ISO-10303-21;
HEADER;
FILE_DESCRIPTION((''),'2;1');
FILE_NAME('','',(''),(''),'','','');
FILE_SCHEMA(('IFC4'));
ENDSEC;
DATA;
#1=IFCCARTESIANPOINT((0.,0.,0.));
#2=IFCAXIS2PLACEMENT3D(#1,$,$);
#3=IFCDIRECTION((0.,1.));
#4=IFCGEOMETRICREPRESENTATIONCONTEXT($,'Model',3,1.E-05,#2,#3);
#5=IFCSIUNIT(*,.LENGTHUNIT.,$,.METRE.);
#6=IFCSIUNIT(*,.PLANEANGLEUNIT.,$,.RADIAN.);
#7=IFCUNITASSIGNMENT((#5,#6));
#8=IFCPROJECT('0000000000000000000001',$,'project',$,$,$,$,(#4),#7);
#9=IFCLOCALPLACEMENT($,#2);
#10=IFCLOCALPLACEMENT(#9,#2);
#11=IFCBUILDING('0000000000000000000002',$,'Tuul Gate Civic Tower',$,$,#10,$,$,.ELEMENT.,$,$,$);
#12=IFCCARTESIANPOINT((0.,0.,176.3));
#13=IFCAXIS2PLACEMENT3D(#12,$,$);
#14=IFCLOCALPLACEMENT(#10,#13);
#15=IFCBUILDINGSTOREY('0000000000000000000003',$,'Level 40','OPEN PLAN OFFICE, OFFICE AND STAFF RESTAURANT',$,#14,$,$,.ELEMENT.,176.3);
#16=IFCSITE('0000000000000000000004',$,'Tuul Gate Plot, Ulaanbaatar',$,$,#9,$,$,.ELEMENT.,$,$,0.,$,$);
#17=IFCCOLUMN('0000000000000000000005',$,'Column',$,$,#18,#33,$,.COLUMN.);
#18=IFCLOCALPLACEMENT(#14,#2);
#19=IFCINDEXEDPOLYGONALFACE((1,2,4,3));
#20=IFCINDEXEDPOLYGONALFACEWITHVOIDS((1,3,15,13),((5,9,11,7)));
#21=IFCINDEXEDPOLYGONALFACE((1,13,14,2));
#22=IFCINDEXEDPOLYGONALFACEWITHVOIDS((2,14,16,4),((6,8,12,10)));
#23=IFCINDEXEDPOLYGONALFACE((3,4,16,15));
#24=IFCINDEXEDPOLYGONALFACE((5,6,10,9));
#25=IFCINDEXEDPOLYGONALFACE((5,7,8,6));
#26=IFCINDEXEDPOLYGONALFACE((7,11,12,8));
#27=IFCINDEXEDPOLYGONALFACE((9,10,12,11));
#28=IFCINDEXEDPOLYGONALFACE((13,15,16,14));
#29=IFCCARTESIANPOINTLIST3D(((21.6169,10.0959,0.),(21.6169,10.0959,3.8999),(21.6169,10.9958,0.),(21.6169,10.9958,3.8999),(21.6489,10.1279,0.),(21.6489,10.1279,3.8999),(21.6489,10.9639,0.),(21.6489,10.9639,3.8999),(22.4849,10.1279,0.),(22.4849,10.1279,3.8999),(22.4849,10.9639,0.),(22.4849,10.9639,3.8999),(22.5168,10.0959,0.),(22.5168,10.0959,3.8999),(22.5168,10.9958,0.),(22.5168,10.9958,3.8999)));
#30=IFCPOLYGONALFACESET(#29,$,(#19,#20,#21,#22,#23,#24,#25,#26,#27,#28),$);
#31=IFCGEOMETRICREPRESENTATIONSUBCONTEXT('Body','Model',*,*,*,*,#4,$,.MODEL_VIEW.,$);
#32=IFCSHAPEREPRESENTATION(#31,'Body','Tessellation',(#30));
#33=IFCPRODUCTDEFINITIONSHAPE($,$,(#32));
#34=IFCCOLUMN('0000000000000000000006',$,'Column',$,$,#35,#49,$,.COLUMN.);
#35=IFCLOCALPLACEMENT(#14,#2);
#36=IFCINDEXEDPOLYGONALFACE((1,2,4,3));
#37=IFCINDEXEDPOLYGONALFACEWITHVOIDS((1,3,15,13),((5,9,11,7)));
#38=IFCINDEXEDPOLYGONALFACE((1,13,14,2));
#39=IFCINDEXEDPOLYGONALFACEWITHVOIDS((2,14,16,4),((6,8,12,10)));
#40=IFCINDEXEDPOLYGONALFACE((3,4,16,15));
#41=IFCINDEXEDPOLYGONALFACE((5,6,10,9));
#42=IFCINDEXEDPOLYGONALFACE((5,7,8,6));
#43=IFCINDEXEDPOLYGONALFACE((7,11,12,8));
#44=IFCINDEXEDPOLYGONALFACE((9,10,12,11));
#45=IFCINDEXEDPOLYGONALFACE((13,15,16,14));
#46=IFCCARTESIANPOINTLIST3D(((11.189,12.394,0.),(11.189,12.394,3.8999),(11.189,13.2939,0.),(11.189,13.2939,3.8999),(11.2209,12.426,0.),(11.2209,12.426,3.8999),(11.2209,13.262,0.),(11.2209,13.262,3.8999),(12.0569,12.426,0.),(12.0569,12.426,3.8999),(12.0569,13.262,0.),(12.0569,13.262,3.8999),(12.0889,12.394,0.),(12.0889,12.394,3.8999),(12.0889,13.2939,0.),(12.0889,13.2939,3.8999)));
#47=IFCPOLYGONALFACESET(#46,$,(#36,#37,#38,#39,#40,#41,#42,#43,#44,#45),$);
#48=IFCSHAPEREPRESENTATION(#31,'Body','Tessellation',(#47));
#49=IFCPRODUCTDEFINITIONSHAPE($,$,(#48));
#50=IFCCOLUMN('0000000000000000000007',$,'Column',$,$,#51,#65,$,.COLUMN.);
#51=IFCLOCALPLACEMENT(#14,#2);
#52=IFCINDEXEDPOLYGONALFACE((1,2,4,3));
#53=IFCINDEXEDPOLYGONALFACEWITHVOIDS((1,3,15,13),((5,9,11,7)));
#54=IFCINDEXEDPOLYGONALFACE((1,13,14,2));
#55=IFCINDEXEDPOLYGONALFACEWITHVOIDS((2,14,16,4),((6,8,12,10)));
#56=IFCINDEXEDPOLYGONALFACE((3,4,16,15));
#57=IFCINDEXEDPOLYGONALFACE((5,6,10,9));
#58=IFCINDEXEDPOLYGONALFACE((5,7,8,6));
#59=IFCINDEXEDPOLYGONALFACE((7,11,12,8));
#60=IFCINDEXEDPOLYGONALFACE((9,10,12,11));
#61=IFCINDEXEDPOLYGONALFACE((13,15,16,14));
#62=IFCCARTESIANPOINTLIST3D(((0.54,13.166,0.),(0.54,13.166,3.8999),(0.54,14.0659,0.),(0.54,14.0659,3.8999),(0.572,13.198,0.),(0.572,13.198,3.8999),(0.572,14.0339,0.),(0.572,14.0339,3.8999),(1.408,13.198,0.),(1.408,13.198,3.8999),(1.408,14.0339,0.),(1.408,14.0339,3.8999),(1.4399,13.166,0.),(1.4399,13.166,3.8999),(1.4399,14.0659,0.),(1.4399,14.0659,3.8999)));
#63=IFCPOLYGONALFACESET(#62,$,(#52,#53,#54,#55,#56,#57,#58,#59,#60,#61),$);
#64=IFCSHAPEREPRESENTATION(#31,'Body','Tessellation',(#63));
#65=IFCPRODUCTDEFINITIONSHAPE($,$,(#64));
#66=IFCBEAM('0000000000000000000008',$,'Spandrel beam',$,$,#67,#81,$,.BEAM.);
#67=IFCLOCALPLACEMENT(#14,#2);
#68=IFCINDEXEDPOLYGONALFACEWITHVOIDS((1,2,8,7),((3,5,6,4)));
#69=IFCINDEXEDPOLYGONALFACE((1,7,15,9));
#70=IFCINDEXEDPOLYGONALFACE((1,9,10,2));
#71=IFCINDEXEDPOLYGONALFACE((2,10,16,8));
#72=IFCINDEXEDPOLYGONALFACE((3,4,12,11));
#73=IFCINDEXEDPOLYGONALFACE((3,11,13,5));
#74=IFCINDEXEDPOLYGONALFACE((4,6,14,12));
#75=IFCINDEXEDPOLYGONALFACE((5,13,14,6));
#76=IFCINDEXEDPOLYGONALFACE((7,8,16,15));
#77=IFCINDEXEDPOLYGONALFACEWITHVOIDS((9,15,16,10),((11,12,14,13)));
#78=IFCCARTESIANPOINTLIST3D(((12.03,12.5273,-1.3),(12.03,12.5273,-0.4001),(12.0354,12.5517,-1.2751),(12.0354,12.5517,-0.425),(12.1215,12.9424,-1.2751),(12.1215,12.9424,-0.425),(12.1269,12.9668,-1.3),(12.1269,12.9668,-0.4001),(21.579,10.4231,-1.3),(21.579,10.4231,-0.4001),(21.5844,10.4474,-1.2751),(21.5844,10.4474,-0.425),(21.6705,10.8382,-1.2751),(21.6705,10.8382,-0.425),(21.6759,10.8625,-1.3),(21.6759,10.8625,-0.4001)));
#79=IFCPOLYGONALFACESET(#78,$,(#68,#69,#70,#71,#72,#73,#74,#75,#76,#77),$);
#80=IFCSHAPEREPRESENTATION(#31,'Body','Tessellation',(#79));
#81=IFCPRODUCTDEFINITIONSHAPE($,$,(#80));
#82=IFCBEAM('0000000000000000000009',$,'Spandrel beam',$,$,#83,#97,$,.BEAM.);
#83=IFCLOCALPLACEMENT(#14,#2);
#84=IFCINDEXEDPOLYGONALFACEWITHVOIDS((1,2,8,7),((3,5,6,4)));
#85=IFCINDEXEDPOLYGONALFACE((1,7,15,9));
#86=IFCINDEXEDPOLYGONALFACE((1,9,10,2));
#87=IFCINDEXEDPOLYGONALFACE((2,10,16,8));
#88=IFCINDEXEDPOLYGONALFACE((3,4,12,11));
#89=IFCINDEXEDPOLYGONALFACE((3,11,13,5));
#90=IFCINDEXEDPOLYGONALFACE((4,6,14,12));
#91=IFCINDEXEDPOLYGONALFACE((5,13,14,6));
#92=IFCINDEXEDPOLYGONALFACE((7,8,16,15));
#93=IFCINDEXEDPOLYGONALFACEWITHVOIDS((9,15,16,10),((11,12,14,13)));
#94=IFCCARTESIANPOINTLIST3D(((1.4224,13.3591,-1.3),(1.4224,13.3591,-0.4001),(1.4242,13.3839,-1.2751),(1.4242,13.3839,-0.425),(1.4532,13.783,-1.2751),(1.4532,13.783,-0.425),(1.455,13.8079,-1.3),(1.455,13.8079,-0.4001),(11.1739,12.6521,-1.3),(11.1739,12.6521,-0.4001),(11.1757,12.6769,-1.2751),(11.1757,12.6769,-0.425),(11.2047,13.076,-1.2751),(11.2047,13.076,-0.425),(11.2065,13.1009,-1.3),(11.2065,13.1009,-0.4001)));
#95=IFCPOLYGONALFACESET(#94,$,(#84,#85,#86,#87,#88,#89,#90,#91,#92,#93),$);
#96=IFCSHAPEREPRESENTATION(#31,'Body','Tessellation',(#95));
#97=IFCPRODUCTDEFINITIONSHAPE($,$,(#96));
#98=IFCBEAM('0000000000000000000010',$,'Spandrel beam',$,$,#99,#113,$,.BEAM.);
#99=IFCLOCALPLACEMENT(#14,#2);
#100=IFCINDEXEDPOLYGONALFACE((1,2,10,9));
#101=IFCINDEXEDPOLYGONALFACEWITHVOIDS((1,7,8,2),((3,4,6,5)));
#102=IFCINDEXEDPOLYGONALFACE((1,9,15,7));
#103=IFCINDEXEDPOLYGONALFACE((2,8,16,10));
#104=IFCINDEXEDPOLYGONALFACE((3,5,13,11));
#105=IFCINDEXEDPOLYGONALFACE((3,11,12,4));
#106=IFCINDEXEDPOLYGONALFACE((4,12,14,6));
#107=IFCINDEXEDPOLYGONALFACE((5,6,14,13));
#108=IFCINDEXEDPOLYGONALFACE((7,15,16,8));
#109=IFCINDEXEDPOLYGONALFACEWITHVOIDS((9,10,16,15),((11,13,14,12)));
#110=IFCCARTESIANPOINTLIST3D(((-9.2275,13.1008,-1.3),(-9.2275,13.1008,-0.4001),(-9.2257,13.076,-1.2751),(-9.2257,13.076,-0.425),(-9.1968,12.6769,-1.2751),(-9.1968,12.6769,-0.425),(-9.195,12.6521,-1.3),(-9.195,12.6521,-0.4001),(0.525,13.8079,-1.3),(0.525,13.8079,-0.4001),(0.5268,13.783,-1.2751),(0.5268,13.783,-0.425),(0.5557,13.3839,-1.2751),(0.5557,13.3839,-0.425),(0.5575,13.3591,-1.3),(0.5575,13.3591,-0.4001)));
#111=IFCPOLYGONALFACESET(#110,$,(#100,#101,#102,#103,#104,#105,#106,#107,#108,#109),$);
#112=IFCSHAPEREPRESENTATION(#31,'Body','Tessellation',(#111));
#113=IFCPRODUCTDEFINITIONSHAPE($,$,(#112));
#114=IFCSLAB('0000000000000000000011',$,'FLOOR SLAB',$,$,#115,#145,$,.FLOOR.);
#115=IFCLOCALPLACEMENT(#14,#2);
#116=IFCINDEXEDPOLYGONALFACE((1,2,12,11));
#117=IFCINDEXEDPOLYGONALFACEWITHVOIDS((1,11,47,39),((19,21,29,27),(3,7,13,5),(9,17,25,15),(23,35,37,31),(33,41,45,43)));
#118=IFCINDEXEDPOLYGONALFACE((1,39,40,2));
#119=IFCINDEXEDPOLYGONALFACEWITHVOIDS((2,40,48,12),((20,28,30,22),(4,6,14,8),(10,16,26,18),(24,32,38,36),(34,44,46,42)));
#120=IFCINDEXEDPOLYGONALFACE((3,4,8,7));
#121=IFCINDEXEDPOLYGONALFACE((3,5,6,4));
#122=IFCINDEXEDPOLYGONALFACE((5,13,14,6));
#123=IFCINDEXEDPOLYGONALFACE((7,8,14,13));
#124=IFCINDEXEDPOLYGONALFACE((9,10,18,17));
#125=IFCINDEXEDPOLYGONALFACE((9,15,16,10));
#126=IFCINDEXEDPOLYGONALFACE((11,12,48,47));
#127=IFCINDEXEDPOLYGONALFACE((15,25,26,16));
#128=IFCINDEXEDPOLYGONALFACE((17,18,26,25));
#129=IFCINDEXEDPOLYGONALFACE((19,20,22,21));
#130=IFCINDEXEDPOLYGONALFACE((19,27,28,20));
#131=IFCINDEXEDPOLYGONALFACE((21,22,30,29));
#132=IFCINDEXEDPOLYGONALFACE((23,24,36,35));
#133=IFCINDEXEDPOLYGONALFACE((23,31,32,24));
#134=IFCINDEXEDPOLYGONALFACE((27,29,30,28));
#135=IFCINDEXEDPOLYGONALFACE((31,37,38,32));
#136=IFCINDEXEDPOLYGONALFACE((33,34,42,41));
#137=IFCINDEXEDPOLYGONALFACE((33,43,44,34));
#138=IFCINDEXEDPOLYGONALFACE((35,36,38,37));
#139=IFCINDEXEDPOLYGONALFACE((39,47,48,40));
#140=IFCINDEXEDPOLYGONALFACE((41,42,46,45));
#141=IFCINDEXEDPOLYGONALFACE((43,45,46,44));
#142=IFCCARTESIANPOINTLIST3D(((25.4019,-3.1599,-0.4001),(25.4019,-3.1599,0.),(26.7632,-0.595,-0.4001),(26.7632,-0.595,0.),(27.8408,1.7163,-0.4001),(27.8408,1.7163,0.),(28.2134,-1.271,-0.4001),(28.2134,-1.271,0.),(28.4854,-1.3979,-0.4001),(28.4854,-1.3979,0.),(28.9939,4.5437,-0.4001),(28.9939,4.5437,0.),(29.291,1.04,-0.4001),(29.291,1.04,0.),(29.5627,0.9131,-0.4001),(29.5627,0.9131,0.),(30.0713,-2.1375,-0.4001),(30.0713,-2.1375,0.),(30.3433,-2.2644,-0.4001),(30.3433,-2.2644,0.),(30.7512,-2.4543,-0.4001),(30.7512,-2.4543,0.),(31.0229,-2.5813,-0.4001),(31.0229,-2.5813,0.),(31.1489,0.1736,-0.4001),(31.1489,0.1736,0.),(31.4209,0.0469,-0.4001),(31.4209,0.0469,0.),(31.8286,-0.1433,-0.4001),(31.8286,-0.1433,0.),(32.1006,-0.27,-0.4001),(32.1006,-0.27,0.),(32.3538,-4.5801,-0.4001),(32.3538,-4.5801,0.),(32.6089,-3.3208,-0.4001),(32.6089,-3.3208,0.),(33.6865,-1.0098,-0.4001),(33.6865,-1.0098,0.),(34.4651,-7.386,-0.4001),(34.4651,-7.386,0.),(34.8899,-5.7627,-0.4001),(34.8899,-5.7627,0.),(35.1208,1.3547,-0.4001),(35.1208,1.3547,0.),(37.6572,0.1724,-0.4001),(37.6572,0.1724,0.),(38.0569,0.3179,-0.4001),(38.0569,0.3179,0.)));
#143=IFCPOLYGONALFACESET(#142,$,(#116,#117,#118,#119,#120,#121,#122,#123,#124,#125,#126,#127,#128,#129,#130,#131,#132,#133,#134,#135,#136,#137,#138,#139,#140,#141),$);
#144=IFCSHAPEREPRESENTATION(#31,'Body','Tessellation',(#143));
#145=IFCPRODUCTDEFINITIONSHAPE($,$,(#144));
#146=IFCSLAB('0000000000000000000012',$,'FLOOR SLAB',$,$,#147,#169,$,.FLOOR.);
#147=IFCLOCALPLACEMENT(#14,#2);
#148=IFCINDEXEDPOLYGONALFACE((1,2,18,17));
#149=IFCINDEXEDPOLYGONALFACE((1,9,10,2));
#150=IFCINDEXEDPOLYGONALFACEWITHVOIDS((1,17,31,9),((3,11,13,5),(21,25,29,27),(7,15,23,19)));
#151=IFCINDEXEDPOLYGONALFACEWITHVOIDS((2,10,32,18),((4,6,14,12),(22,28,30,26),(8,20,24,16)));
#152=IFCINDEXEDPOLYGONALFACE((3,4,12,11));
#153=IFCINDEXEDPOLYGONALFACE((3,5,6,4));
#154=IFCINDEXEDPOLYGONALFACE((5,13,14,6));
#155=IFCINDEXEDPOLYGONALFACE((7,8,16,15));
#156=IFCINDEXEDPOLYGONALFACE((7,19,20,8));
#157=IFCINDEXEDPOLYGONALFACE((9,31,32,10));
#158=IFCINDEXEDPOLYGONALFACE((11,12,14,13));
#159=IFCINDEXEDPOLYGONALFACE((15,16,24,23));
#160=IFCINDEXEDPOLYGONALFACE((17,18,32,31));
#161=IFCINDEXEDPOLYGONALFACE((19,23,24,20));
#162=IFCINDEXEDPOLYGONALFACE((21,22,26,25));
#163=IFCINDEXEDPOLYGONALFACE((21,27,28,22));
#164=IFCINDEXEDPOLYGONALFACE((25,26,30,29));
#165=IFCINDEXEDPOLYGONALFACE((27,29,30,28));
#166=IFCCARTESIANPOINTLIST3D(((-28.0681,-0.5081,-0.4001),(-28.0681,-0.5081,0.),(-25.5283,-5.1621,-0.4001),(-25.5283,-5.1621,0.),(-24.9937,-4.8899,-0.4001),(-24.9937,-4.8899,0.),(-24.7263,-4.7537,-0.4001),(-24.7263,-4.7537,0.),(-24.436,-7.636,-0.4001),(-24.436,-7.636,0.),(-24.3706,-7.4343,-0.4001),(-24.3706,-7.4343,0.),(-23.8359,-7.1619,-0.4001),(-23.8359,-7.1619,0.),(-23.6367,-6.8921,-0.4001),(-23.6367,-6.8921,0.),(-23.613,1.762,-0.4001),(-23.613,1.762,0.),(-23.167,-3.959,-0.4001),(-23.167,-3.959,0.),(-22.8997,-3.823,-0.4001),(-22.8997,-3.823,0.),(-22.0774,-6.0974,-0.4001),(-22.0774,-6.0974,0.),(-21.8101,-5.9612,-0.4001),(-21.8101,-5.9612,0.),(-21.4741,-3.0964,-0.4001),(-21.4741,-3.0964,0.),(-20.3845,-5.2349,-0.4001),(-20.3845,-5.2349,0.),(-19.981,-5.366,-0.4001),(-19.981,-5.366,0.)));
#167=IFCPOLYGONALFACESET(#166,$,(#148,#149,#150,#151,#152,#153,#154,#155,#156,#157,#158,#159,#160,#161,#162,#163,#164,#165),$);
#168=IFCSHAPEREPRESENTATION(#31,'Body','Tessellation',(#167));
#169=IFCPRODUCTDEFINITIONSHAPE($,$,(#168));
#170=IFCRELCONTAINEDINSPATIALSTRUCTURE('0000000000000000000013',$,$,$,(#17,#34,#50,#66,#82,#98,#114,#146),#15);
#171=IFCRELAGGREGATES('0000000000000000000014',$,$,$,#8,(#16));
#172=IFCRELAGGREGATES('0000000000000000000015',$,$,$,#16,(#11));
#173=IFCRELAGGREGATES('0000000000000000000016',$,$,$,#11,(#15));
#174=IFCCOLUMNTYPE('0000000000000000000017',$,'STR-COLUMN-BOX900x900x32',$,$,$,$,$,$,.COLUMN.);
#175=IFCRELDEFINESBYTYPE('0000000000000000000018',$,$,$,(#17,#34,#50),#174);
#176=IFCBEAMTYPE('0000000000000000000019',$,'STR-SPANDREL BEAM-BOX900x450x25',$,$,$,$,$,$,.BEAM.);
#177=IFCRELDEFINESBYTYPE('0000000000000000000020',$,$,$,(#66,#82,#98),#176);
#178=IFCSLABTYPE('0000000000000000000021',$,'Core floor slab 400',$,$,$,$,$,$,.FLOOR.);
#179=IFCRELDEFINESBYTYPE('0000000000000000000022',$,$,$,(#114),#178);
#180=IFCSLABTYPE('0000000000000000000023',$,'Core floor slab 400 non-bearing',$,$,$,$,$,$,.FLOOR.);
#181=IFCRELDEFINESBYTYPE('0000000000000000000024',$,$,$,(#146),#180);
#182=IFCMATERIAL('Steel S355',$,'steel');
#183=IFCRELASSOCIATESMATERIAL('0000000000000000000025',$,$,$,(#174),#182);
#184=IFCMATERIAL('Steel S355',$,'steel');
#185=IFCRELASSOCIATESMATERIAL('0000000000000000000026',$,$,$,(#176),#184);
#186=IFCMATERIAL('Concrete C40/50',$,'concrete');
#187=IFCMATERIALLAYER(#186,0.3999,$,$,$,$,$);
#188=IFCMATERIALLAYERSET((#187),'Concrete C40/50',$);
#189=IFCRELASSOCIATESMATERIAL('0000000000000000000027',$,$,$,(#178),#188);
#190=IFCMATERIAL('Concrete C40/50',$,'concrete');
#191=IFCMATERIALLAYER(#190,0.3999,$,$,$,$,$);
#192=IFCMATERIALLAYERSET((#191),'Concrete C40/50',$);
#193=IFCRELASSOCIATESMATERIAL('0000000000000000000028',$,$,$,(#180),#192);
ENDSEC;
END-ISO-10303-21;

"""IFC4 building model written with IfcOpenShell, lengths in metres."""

from ifc_helpers import new_model, si_unit, direction, frame, origin, origin_2d, place, context, subcontext, project, spatial, polyline, hollow_rectangle, outline, extrude, material, layer, layer_set, material_profile, profile_set, type_object, element, save


model = new_model("IFC4")

# Units and contexts
model_context = context("Model", 3, precision=1e-05, world=origin(), true_north=direction((0.0, 1.0)))
body_context = subcontext(model_context, "Body", "Model", "MODEL_VIEW")
ifc_project = project(units=[si_unit("LENGTHUNIT", "METRE"), si_unit("PLANEANGLEUNIT", "RADIAN")], contexts=[model_context])

# Site, building, storey
site_placement = place(None, origin())
site = spatial("IfcSite", under=ifc_project, at=site_placement, Name="Tuul Gate Plot, Ulaanbaatar", CompositionType="ELEMENT", RefElevation=0.0)
building_placement = place(site_placement, origin())
building = spatial("IfcBuilding", under=site, at=building_placement, Name="Tuul Gate Civic Tower", CompositionType="ELEMENT")
storey_placement = place(building_placement, frame((0.0, 0.0, 176.3)))
storey = spatial("IfcBuildingStorey", under=building, at=storey_placement, Name="Level 40", Description="OPEN PLAN OFFICE, OFFICE AND STAFF RESTAURANT", CompositionType="ELEMENT", Elevation=176.3)

# Columns
ifc_material_1 = material(Name="Steel S355", Category="steel")
ifc_material_profile_1 = material_profile(ifc_material_1, hollow_rectangle(XDim=0.8999, YDim=0.8999, WallThickness=0.032, at=origin_2d()), Name="BOX900x900x32")
ifc_profile_set_1 = profile_set([ifc_material_profile_1], Name="Steel S355")
column_type = type_object("IfcColumnType", Name="STR-COLUMN-BOX900x900x32", PredefinedType="COLUMN", material=ifc_profile_set_1)
for number, where, z_axis, x_axis, name in (
    (1, (22.0669, 10.5459, 0.0), (0.0, 0.0, 1.0), (1.0, 0.0, 0.0), "Column"),
    (2, (11.6389, 12.844, 0.0), (0.0, 0.0, 1.0), (1.0, 0.0, 0.0), "Column"),
    (3, (0.99, 13.616, 0.0), (0.0, 0.0, 1.0), (1.0, 0.0, 0.0), "Column"),
):
    element("IfcColumn", number, at=place(storey_placement, frame(where, z_axis=z_axis, x_axis=x_axis)), inside=storey, type_object=column_type, Name=name, PredefinedType="COLUMN", context=body_context, shape_type="SweptSolid", body=[
        extrude(hollow_rectangle(XDim=0.8999, YDim=0.8999, WallThickness=0.032, at=origin_2d()), origin(), (0.0, 0.0, 1.0), 3.8999),
    ])

# Beams
ifc_material_2 = material(Name="Steel S355", Category="steel")
ifc_material_profile_2 = material_profile(ifc_material_2, hollow_rectangle(XDim=0.45, YDim=0.8999, WallThickness=0.0249, at=origin_2d()), Name="BOX900x450x25")
ifc_profile_set_2 = profile_set([ifc_material_profile_2], Name="Steel S355")
beam_type = type_object("IfcBeamType", Name="STR-SPANDREL BEAM-BOX900x450x25", PredefinedType="BEAM", material=ifc_profile_set_2)
beam_1_placement = place(storey_placement, frame((21.6274, 10.6428, -0.8501), z_axis=(-0.97657, 0.215199, 0.0), x_axis=(-0.215199, -0.97657, 0.0)))
element("IfcBeam", 4, at=beam_1_placement, inside=storey, type_object=beam_type, Name="Spandrel beam", PredefinedType="BEAM", context=body_context, shape_type="SweptSolid", body=[
    extrude(hollow_rectangle(XDim=0.45, YDim=0.8999, WallThickness=0.0249, at=origin_2d()), origin(), (0.0, 0.0, 1.0), 9.7781),
])
beam_2_placement = place(storey_placement, frame((11.1902, 12.8765, -0.8501), z_axis=(-0.997382, 0.072315, 0.0), x_axis=(-0.072315, -0.997382, 0.0)))
element("IfcBeam", 5, at=beam_2_placement, inside=storey, type_object=beam_type, Name="Spandrel beam", PredefinedType="BEAM", context=body_context, shape_type="SweptSolid", body=[
    extrude(hollow_rectangle(XDim=0.45, YDim=0.8999, WallThickness=0.0249, at=origin_2d()), origin(), (0.0, 0.0, 1.0), 9.7771),
])
beam_3_placement = place(storey_placement, frame((0.5413, 13.5835, -0.8501), z_axis=(-0.997382, -0.072308, 0.0), x_axis=(0.072308, -0.997382, 0.0)))
element("IfcBeam", 6, at=beam_3_placement, inside=storey, type_object=beam_type, Name="Spandrel beam", PredefinedType="BEAM", context=body_context, shape_type="SweptSolid", body=[
    extrude(hollow_rectangle(XDim=0.45, YDim=0.8999, WallThickness=0.0249, at=origin_2d()), origin(), (0.0, 0.0, 1.0), 9.7781),
])

# Slabs
ifc_material_3 = material(Name="Concrete C40/50", Category="concrete")
ifc_layer_1 = layer(ifc_material_3, 0.3999)
ifc_layer_set_1 = layer_set([ifc_layer_1], Name="Concrete C40/50")
slab_type_1 = type_object("IfcSlabType", Name="Core floor slab 400", PredefinedType="FLOOR", material=ifc_layer_set_1)
slab_1_placement = place(storey_placement, frame((0.0, 0.0, -0.4001)))
element("IfcSlab", 7, at=slab_1_placement, inside=storey, type_object=slab_type_1, Name="FLOOR SLAB", PredefinedType="FLOOR", context=body_context, shape_type="SweptSolid", body=[
    extrude(outline(polyline([(34.4651, -7.386), (38.0569, 0.3179), (28.9939, 4.5437), (25.4019, -3.1599), (34.4651, -7.386)]), holes=[polyline([(32.6089, -3.3208), (33.6865, -1.0098), (32.1006, -0.27), (31.0229, -2.5813), (32.6089, -3.3208)]), polyline([(30.0713, -2.1375), (31.1489, 0.1736), (29.5627, 0.9131), (28.4854, -1.3979), (30.0713, -2.1375)]), polyline([(30.7512, -2.4543), (31.8286, -0.1433), (31.4209, 0.0469), (30.3433, -2.2644), (30.7512, -2.4543)]), polyline([(28.2134, -1.271), (29.291, 1.04), (27.8408, 1.7163), (26.7632, -0.595), (28.2134, -1.271)]), polyline([(34.8899, -5.7627), (32.3538, -4.5801), (35.1208, 1.3547), (37.6572, 0.1724), (34.8899, -5.7627)])]), origin(), (0.0, 0.0, 1.0), 0.4001),
])
ifc_material_4 = material(Name="Concrete C40/50", Category="concrete")
ifc_layer_2 = layer(ifc_material_4, 0.3999)
ifc_layer_set_2 = layer_set([ifc_layer_2], Name="Concrete C40/50")
slab_type_2 = type_object("IfcSlabType", Name="Core floor slab 400 non-bearing", PredefinedType="FLOOR", material=ifc_layer_set_2)
slab_2_placement = place(storey_placement, frame((0.0, 0.0, -0.4001)))
element("IfcSlab", 8, at=slab_2_placement, inside=storey, type_object=slab_type_2, Name="FLOOR SLAB", PredefinedType="FLOOR", context=body_context, shape_type="SweptSolid", body=[
    extrude(outline(polyline([(-19.981, -5.366), (-23.613, 1.762), (-28.0681, -0.5081), (-24.436, -7.636), (-19.981, -5.366)]), holes=[polyline([(-20.3845, -5.2349), (-21.4741, -3.0964), (-22.8997, -3.823), (-21.8101, -5.9612), (-20.3845, -5.2349)]), polyline([(-22.0774, -6.0974), (-23.167, -3.959), (-24.7263, -4.7537), (-23.6367, -6.8921), (-22.0774, -6.0974)]), polyline([(-23.8359, -7.1619), (-24.9937, -4.8899), (-25.5283, -5.1621), (-24.3706, -7.4343), (-23.8359, -7.1619)])]), origin(), (0.0, 0.0, 1.0), 0.4001),
])

save(model, "model.ifc")
